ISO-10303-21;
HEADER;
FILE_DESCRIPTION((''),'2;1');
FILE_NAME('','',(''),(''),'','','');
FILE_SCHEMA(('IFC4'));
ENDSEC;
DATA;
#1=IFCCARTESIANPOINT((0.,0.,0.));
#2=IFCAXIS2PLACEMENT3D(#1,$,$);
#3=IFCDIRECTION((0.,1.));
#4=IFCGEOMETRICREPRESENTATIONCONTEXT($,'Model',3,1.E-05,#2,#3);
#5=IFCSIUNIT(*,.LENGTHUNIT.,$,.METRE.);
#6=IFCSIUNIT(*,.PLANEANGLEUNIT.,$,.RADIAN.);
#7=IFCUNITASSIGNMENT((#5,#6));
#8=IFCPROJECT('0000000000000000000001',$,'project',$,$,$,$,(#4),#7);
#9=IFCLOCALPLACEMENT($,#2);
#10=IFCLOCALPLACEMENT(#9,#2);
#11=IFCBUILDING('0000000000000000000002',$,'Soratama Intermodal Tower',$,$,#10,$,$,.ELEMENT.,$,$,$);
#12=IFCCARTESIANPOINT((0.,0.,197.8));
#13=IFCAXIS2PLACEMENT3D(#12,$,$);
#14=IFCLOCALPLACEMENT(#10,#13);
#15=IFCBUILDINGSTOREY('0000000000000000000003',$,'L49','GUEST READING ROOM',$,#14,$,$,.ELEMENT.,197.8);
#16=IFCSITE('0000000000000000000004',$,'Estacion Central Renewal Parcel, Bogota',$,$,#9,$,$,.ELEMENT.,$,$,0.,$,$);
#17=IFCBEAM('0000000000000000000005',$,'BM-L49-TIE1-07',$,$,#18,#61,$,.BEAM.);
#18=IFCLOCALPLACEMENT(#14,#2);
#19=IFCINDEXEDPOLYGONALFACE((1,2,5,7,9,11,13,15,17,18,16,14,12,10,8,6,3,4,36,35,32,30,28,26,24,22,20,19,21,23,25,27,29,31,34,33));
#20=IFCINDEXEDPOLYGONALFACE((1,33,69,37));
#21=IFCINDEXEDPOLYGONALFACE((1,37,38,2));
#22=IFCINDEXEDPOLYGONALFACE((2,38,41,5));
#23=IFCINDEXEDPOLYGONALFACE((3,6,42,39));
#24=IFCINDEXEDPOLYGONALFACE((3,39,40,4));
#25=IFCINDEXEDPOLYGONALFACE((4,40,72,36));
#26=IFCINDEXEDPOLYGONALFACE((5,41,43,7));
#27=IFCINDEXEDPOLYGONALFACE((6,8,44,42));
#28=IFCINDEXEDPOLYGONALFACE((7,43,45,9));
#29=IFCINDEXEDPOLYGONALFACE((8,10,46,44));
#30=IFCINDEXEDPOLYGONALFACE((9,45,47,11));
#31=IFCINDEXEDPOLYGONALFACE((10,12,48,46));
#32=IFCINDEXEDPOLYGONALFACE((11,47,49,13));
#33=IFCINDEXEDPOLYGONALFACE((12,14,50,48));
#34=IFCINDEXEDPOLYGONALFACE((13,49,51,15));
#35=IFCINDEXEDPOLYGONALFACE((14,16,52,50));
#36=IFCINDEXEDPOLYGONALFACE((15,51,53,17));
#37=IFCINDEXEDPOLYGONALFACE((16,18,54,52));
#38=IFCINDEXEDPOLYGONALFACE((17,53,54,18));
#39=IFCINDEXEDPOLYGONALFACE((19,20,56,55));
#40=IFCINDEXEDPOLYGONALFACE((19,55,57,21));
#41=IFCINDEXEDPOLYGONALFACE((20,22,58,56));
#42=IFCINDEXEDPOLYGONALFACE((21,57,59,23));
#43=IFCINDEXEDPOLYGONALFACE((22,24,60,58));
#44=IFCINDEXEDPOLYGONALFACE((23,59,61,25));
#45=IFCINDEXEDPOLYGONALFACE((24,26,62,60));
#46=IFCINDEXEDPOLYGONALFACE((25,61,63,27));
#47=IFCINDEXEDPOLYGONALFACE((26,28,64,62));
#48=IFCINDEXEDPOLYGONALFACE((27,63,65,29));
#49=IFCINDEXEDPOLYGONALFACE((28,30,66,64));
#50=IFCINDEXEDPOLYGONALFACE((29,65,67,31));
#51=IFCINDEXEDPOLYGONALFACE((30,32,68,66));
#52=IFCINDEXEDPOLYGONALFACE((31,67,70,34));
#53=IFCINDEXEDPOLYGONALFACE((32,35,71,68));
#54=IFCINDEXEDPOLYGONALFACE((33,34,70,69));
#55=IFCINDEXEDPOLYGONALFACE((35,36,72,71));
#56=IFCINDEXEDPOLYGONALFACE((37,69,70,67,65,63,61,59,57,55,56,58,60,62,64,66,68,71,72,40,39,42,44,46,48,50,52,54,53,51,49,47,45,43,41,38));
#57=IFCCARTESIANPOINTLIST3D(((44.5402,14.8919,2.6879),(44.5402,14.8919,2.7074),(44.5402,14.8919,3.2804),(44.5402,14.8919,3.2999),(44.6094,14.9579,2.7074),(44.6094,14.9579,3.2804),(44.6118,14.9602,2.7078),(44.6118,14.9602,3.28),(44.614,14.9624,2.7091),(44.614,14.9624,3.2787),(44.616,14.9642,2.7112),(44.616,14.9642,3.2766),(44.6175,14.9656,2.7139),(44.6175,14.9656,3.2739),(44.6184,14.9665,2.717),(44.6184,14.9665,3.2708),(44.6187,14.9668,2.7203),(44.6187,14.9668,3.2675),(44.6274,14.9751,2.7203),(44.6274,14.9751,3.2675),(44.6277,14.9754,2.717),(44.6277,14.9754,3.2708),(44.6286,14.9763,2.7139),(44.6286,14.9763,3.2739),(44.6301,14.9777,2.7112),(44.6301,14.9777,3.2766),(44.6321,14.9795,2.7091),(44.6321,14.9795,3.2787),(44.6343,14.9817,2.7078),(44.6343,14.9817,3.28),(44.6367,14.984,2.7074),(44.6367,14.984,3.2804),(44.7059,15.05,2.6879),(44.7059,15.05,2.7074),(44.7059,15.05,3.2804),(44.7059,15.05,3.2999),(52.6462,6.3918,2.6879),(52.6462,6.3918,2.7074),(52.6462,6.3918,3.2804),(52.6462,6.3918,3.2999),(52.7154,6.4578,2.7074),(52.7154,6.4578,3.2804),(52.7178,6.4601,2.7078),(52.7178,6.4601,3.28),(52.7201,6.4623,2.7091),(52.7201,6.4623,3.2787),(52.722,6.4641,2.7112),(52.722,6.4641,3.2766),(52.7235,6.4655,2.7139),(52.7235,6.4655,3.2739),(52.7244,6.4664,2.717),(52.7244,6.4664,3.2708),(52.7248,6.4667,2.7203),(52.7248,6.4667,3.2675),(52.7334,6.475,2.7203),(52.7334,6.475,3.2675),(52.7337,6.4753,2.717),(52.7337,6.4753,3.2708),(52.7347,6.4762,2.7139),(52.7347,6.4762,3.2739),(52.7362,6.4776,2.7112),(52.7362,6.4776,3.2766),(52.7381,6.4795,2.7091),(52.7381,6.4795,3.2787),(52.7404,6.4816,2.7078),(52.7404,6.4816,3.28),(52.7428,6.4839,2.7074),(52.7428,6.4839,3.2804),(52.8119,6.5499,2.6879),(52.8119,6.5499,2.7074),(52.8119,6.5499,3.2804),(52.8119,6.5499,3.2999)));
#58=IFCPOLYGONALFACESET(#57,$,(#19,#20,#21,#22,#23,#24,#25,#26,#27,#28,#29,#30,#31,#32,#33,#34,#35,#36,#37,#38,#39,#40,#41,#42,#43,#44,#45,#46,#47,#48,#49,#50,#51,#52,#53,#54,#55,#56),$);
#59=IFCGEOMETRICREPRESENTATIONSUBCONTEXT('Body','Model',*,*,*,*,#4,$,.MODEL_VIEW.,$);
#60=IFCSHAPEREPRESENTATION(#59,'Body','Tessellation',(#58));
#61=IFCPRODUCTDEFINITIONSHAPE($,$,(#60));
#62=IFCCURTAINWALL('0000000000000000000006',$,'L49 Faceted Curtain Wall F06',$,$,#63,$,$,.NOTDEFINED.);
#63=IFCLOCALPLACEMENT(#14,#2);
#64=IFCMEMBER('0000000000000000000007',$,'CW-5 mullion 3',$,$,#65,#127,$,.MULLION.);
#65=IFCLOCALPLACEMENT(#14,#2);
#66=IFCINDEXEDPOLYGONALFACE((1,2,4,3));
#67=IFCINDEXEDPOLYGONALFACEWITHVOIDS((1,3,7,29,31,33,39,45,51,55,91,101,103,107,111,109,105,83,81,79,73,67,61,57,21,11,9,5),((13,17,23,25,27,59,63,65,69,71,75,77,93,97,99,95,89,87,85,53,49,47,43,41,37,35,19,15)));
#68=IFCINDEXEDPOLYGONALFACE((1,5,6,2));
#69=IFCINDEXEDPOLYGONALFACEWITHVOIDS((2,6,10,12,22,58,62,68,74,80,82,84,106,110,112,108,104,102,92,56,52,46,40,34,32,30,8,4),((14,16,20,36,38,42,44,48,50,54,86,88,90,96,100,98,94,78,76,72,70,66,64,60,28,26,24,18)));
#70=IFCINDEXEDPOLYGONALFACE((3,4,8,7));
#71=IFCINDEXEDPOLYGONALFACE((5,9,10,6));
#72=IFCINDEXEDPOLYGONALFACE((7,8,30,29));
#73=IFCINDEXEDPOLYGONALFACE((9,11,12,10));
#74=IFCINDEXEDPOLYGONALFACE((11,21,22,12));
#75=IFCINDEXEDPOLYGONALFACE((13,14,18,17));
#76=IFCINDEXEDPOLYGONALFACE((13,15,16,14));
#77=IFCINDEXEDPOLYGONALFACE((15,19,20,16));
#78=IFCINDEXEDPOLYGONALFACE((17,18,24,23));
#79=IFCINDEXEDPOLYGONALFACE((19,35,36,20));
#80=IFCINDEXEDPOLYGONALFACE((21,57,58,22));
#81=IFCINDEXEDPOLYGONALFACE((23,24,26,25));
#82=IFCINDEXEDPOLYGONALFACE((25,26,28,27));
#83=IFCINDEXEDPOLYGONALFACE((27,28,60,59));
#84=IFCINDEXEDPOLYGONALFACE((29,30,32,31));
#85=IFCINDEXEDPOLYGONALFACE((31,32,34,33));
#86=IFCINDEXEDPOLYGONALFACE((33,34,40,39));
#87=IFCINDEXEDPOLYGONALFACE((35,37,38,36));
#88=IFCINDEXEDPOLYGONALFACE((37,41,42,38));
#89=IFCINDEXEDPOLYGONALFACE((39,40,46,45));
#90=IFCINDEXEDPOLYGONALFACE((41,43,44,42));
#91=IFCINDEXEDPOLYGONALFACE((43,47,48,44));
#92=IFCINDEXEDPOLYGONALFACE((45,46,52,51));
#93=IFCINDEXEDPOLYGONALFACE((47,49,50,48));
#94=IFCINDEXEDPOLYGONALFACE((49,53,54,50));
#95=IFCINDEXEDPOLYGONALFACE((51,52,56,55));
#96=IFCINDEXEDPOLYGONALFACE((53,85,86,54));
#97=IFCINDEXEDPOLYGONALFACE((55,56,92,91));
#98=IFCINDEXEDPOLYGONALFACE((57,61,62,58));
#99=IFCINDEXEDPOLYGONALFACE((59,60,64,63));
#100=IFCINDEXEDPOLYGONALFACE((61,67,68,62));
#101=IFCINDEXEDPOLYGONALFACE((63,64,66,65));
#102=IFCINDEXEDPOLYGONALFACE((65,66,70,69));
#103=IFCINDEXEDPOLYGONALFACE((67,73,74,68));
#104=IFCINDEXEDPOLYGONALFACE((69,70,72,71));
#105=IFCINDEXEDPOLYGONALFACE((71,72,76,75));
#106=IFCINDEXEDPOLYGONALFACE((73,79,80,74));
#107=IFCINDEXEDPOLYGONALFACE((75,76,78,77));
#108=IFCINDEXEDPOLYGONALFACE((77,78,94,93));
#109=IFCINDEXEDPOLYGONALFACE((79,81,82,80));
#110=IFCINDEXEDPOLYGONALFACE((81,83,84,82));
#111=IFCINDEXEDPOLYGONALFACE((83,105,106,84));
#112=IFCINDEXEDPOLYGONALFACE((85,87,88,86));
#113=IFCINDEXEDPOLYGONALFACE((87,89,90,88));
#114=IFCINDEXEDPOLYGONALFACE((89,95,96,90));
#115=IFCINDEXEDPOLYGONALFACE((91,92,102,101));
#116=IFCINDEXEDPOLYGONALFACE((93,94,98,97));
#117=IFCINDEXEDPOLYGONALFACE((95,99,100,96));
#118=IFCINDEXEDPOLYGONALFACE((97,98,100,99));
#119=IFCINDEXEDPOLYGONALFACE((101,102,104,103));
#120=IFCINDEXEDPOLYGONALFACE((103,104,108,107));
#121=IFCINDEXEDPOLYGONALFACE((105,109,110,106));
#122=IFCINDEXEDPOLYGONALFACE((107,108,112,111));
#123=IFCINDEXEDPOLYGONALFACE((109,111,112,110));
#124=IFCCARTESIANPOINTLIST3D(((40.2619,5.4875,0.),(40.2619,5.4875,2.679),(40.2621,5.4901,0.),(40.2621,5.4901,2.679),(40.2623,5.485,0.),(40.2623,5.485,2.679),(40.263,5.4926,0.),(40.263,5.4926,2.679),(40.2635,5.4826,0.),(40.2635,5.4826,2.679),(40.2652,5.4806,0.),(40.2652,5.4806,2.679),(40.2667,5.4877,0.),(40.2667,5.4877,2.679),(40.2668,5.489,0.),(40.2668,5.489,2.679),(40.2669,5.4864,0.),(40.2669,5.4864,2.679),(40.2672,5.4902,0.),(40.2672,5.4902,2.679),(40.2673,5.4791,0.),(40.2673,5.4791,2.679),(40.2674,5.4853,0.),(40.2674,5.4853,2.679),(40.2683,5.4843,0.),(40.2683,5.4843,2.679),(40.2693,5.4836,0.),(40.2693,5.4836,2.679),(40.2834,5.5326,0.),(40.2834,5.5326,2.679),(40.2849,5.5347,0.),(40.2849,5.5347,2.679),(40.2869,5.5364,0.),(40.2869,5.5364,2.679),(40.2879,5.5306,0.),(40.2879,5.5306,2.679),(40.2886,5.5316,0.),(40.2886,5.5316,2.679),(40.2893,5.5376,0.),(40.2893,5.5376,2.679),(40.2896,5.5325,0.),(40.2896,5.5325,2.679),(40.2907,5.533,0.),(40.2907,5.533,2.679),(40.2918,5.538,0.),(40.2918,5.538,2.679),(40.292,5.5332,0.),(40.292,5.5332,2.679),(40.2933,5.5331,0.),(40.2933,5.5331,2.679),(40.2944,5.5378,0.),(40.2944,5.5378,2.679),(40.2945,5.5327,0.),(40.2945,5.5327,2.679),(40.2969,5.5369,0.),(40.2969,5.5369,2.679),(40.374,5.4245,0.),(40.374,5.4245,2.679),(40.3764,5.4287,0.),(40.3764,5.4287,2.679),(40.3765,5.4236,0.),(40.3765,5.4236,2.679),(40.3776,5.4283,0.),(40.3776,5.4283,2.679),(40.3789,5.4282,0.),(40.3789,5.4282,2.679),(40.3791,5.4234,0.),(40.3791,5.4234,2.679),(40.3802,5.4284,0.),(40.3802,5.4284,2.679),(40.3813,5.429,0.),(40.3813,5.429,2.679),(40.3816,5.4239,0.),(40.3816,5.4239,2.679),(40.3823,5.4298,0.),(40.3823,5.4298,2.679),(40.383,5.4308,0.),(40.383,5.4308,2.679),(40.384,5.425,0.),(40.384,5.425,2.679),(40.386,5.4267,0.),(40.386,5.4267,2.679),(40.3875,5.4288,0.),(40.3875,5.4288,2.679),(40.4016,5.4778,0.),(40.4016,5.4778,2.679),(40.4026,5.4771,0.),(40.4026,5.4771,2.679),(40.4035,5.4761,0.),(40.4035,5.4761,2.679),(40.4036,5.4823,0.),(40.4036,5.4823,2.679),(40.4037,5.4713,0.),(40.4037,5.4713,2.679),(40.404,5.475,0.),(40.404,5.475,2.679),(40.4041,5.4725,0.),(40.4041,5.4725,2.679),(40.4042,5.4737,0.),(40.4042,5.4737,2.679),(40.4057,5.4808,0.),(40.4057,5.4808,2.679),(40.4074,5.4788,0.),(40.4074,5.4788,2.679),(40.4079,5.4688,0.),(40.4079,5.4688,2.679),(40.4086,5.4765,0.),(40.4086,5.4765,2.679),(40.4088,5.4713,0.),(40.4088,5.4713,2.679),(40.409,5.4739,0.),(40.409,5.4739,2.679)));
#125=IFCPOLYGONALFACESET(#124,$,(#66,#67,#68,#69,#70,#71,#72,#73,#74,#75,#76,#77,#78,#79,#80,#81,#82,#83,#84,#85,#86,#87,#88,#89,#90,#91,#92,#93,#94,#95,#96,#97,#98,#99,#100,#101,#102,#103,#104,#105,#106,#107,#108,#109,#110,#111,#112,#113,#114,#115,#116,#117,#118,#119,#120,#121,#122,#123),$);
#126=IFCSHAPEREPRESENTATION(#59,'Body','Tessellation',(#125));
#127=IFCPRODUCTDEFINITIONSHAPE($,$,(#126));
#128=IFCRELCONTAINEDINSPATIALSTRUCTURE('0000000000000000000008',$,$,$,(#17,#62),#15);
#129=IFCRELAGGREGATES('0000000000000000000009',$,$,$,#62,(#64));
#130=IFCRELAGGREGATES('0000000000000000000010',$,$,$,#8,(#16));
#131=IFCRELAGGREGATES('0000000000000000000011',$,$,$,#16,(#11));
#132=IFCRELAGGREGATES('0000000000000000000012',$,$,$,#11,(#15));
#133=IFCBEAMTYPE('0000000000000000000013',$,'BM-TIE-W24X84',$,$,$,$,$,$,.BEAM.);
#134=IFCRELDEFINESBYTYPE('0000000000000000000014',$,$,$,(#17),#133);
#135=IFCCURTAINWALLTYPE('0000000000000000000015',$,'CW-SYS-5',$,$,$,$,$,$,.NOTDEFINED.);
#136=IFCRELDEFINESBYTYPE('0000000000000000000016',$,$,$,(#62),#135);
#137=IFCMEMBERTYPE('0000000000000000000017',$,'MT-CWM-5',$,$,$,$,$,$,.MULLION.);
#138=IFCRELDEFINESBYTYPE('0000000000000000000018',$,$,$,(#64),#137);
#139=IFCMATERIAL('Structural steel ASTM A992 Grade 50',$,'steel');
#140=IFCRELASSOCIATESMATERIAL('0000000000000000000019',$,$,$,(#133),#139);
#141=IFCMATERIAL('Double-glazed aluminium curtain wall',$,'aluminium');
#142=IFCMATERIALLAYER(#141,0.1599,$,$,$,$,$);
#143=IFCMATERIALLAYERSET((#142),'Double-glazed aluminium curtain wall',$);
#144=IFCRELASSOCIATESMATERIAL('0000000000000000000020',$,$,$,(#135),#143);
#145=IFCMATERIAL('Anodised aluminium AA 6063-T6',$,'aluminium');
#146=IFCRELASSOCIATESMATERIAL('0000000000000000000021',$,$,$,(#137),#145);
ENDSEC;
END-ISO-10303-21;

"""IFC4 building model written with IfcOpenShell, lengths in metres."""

from ifc_helpers import new_model, si_unit, direction, frame, origin, origin_2d, place, context, subcontext, project, spatial, hollow_rectangle, i_section, extrude, material, layer, layer_set, material_profile, profile_set, type_object, element, aggregate, save


model = new_model("IFC4")

# Units and contexts
model_context = context("Model", 3, precision=1e-05, world=origin(), true_north=direction((0.0, 1.0)))
body_context = subcontext(model_context, "Body", "Model", "MODEL_VIEW")
ifc_project = project(units=[si_unit("LENGTHUNIT", "METRE"), si_unit("PLANEANGLEUNIT", "RADIAN")], contexts=[model_context])

# Site, building, storey
site_placement = place(None, origin())
site = spatial("IfcSite", under=ifc_project, at=site_placement, Name="Estacion Central Renewal Parcel, Bogota", CompositionType="ELEMENT", RefElevation=0.0)
building_placement = place(site_placement, origin())
building = spatial("IfcBuilding", under=site, at=building_placement, Name="Soratama Intermodal Tower", CompositionType="ELEMENT")
storey_placement = place(building_placement, frame((0.0, 0.0, 197.8)))
storey = spatial("IfcBuildingStorey", under=building, at=storey_placement, Name="L49", Description="GUEST READING ROOM", CompositionType="ELEMENT", Elevation=197.8)

# Beam
ifc_material_1 = material(Name="Structural steel ASTM A992 Grade 50", Category="steel")
ifc_material_profile_1 = material_profile(ifc_material_1, i_section(OverallWidth=0.229, OverallDepth=0.6121, WebThickness=0.012, FlangeThickness=0.0195, FilletRadius=0.0129, at=origin_2d()), Name="W24X84")
ifc_profile_set_1 = profile_set([ifc_material_profile_1], Name="Structural steel ASTM A992 Grade 50")
beam_type_1 = type_object("IfcBeamType", Name="BM-TIE-W24X84", PredefinedType="BEAM", material=ifc_profile_set_1)
beam_1_placement = place(storey_placement, frame((44.623, 14.9709, 2.9939), z_axis=(0.690134, -0.723682, 0.0), x_axis=(0.723682, 0.690134, 0.0)))
element("IfcBeam", 1, at=beam_1_placement, inside=storey, type_object=beam_type_1, Name="BM-L49-TIE1-07", PredefinedType="BEAM", context=body_context, shape_type="SweptSolid", body=[
    extrude(i_section(OverallWidth=0.229, OverallDepth=0.6121, WebThickness=0.012, FlangeThickness=0.0195, FilletRadius=0.0129, at=origin_2d()), origin(), (0.0, 0.0, 1.0), 11.7456),
])

# Curtain wall, member
ifc_material_2 = material(Name="Double-glazed aluminium curtain wall", Category="aluminium")
ifc_layer_1 = layer(ifc_material_2, 0.1599)
ifc_layer_set_1 = layer_set([ifc_layer_1], Name="Double-glazed aluminium curtain wall")
curtain_wall_type = type_object("IfcCurtainWallType", Name="CW-SYS-5", PredefinedType="NOTDEFINED", material=ifc_layer_set_1)
curtain_wall_placement = place(storey_placement, origin())
curtain_wall = element("IfcCurtainWall", 2, at=curtain_wall_placement, inside=storey, type_object=curtain_wall_type, Name="L49 Faceted Curtain Wall F06", PredefinedType="NOTDEFINED")
ifc_material_3 = material(Name="Anodised aluminium AA 6063-T6", Category="aluminium")
ifc_material_profile_2 = material_profile(ifc_material_3, hollow_rectangle(XDim=0.0649, YDim=0.1399, WallThickness=0.0049, InnerFilletRadius=0.0049, OuterFilletRadius=0.01, at=origin_2d()), Name="CWM140X65X5")
ifc_profile_set_2 = profile_set([ifc_material_profile_2], Name="Anodised aluminium AA 6063-T6")
member_type = type_object("IfcMemberType", Name="MT-CWM-5", PredefinedType="MULLION", material=ifc_profile_set_2)
member_placement = place(storey_placement, frame((40.3354, 5.4807, 0.0), z_axis=(0.0, 0.0, 1.0), x_axis=(0.45586, 0.890051, 0.0)))
member = element("IfcMember", 3, at=member_placement, type_object=member_type, Name="CW-5 mullion 3", PredefinedType="MULLION", context=body_context, shape_type="SweptSolid", body=[
    extrude(hollow_rectangle(XDim=0.0649, YDim=0.1399, WallThickness=0.0049, InnerFilletRadius=0.0049, OuterFilletRadius=0.01, at=origin_2d()), origin(), (0.0, 0.0, 1.0), 2.679),
])
aggregate(curtain_wall, [member])

save(model, "model.ifc")
